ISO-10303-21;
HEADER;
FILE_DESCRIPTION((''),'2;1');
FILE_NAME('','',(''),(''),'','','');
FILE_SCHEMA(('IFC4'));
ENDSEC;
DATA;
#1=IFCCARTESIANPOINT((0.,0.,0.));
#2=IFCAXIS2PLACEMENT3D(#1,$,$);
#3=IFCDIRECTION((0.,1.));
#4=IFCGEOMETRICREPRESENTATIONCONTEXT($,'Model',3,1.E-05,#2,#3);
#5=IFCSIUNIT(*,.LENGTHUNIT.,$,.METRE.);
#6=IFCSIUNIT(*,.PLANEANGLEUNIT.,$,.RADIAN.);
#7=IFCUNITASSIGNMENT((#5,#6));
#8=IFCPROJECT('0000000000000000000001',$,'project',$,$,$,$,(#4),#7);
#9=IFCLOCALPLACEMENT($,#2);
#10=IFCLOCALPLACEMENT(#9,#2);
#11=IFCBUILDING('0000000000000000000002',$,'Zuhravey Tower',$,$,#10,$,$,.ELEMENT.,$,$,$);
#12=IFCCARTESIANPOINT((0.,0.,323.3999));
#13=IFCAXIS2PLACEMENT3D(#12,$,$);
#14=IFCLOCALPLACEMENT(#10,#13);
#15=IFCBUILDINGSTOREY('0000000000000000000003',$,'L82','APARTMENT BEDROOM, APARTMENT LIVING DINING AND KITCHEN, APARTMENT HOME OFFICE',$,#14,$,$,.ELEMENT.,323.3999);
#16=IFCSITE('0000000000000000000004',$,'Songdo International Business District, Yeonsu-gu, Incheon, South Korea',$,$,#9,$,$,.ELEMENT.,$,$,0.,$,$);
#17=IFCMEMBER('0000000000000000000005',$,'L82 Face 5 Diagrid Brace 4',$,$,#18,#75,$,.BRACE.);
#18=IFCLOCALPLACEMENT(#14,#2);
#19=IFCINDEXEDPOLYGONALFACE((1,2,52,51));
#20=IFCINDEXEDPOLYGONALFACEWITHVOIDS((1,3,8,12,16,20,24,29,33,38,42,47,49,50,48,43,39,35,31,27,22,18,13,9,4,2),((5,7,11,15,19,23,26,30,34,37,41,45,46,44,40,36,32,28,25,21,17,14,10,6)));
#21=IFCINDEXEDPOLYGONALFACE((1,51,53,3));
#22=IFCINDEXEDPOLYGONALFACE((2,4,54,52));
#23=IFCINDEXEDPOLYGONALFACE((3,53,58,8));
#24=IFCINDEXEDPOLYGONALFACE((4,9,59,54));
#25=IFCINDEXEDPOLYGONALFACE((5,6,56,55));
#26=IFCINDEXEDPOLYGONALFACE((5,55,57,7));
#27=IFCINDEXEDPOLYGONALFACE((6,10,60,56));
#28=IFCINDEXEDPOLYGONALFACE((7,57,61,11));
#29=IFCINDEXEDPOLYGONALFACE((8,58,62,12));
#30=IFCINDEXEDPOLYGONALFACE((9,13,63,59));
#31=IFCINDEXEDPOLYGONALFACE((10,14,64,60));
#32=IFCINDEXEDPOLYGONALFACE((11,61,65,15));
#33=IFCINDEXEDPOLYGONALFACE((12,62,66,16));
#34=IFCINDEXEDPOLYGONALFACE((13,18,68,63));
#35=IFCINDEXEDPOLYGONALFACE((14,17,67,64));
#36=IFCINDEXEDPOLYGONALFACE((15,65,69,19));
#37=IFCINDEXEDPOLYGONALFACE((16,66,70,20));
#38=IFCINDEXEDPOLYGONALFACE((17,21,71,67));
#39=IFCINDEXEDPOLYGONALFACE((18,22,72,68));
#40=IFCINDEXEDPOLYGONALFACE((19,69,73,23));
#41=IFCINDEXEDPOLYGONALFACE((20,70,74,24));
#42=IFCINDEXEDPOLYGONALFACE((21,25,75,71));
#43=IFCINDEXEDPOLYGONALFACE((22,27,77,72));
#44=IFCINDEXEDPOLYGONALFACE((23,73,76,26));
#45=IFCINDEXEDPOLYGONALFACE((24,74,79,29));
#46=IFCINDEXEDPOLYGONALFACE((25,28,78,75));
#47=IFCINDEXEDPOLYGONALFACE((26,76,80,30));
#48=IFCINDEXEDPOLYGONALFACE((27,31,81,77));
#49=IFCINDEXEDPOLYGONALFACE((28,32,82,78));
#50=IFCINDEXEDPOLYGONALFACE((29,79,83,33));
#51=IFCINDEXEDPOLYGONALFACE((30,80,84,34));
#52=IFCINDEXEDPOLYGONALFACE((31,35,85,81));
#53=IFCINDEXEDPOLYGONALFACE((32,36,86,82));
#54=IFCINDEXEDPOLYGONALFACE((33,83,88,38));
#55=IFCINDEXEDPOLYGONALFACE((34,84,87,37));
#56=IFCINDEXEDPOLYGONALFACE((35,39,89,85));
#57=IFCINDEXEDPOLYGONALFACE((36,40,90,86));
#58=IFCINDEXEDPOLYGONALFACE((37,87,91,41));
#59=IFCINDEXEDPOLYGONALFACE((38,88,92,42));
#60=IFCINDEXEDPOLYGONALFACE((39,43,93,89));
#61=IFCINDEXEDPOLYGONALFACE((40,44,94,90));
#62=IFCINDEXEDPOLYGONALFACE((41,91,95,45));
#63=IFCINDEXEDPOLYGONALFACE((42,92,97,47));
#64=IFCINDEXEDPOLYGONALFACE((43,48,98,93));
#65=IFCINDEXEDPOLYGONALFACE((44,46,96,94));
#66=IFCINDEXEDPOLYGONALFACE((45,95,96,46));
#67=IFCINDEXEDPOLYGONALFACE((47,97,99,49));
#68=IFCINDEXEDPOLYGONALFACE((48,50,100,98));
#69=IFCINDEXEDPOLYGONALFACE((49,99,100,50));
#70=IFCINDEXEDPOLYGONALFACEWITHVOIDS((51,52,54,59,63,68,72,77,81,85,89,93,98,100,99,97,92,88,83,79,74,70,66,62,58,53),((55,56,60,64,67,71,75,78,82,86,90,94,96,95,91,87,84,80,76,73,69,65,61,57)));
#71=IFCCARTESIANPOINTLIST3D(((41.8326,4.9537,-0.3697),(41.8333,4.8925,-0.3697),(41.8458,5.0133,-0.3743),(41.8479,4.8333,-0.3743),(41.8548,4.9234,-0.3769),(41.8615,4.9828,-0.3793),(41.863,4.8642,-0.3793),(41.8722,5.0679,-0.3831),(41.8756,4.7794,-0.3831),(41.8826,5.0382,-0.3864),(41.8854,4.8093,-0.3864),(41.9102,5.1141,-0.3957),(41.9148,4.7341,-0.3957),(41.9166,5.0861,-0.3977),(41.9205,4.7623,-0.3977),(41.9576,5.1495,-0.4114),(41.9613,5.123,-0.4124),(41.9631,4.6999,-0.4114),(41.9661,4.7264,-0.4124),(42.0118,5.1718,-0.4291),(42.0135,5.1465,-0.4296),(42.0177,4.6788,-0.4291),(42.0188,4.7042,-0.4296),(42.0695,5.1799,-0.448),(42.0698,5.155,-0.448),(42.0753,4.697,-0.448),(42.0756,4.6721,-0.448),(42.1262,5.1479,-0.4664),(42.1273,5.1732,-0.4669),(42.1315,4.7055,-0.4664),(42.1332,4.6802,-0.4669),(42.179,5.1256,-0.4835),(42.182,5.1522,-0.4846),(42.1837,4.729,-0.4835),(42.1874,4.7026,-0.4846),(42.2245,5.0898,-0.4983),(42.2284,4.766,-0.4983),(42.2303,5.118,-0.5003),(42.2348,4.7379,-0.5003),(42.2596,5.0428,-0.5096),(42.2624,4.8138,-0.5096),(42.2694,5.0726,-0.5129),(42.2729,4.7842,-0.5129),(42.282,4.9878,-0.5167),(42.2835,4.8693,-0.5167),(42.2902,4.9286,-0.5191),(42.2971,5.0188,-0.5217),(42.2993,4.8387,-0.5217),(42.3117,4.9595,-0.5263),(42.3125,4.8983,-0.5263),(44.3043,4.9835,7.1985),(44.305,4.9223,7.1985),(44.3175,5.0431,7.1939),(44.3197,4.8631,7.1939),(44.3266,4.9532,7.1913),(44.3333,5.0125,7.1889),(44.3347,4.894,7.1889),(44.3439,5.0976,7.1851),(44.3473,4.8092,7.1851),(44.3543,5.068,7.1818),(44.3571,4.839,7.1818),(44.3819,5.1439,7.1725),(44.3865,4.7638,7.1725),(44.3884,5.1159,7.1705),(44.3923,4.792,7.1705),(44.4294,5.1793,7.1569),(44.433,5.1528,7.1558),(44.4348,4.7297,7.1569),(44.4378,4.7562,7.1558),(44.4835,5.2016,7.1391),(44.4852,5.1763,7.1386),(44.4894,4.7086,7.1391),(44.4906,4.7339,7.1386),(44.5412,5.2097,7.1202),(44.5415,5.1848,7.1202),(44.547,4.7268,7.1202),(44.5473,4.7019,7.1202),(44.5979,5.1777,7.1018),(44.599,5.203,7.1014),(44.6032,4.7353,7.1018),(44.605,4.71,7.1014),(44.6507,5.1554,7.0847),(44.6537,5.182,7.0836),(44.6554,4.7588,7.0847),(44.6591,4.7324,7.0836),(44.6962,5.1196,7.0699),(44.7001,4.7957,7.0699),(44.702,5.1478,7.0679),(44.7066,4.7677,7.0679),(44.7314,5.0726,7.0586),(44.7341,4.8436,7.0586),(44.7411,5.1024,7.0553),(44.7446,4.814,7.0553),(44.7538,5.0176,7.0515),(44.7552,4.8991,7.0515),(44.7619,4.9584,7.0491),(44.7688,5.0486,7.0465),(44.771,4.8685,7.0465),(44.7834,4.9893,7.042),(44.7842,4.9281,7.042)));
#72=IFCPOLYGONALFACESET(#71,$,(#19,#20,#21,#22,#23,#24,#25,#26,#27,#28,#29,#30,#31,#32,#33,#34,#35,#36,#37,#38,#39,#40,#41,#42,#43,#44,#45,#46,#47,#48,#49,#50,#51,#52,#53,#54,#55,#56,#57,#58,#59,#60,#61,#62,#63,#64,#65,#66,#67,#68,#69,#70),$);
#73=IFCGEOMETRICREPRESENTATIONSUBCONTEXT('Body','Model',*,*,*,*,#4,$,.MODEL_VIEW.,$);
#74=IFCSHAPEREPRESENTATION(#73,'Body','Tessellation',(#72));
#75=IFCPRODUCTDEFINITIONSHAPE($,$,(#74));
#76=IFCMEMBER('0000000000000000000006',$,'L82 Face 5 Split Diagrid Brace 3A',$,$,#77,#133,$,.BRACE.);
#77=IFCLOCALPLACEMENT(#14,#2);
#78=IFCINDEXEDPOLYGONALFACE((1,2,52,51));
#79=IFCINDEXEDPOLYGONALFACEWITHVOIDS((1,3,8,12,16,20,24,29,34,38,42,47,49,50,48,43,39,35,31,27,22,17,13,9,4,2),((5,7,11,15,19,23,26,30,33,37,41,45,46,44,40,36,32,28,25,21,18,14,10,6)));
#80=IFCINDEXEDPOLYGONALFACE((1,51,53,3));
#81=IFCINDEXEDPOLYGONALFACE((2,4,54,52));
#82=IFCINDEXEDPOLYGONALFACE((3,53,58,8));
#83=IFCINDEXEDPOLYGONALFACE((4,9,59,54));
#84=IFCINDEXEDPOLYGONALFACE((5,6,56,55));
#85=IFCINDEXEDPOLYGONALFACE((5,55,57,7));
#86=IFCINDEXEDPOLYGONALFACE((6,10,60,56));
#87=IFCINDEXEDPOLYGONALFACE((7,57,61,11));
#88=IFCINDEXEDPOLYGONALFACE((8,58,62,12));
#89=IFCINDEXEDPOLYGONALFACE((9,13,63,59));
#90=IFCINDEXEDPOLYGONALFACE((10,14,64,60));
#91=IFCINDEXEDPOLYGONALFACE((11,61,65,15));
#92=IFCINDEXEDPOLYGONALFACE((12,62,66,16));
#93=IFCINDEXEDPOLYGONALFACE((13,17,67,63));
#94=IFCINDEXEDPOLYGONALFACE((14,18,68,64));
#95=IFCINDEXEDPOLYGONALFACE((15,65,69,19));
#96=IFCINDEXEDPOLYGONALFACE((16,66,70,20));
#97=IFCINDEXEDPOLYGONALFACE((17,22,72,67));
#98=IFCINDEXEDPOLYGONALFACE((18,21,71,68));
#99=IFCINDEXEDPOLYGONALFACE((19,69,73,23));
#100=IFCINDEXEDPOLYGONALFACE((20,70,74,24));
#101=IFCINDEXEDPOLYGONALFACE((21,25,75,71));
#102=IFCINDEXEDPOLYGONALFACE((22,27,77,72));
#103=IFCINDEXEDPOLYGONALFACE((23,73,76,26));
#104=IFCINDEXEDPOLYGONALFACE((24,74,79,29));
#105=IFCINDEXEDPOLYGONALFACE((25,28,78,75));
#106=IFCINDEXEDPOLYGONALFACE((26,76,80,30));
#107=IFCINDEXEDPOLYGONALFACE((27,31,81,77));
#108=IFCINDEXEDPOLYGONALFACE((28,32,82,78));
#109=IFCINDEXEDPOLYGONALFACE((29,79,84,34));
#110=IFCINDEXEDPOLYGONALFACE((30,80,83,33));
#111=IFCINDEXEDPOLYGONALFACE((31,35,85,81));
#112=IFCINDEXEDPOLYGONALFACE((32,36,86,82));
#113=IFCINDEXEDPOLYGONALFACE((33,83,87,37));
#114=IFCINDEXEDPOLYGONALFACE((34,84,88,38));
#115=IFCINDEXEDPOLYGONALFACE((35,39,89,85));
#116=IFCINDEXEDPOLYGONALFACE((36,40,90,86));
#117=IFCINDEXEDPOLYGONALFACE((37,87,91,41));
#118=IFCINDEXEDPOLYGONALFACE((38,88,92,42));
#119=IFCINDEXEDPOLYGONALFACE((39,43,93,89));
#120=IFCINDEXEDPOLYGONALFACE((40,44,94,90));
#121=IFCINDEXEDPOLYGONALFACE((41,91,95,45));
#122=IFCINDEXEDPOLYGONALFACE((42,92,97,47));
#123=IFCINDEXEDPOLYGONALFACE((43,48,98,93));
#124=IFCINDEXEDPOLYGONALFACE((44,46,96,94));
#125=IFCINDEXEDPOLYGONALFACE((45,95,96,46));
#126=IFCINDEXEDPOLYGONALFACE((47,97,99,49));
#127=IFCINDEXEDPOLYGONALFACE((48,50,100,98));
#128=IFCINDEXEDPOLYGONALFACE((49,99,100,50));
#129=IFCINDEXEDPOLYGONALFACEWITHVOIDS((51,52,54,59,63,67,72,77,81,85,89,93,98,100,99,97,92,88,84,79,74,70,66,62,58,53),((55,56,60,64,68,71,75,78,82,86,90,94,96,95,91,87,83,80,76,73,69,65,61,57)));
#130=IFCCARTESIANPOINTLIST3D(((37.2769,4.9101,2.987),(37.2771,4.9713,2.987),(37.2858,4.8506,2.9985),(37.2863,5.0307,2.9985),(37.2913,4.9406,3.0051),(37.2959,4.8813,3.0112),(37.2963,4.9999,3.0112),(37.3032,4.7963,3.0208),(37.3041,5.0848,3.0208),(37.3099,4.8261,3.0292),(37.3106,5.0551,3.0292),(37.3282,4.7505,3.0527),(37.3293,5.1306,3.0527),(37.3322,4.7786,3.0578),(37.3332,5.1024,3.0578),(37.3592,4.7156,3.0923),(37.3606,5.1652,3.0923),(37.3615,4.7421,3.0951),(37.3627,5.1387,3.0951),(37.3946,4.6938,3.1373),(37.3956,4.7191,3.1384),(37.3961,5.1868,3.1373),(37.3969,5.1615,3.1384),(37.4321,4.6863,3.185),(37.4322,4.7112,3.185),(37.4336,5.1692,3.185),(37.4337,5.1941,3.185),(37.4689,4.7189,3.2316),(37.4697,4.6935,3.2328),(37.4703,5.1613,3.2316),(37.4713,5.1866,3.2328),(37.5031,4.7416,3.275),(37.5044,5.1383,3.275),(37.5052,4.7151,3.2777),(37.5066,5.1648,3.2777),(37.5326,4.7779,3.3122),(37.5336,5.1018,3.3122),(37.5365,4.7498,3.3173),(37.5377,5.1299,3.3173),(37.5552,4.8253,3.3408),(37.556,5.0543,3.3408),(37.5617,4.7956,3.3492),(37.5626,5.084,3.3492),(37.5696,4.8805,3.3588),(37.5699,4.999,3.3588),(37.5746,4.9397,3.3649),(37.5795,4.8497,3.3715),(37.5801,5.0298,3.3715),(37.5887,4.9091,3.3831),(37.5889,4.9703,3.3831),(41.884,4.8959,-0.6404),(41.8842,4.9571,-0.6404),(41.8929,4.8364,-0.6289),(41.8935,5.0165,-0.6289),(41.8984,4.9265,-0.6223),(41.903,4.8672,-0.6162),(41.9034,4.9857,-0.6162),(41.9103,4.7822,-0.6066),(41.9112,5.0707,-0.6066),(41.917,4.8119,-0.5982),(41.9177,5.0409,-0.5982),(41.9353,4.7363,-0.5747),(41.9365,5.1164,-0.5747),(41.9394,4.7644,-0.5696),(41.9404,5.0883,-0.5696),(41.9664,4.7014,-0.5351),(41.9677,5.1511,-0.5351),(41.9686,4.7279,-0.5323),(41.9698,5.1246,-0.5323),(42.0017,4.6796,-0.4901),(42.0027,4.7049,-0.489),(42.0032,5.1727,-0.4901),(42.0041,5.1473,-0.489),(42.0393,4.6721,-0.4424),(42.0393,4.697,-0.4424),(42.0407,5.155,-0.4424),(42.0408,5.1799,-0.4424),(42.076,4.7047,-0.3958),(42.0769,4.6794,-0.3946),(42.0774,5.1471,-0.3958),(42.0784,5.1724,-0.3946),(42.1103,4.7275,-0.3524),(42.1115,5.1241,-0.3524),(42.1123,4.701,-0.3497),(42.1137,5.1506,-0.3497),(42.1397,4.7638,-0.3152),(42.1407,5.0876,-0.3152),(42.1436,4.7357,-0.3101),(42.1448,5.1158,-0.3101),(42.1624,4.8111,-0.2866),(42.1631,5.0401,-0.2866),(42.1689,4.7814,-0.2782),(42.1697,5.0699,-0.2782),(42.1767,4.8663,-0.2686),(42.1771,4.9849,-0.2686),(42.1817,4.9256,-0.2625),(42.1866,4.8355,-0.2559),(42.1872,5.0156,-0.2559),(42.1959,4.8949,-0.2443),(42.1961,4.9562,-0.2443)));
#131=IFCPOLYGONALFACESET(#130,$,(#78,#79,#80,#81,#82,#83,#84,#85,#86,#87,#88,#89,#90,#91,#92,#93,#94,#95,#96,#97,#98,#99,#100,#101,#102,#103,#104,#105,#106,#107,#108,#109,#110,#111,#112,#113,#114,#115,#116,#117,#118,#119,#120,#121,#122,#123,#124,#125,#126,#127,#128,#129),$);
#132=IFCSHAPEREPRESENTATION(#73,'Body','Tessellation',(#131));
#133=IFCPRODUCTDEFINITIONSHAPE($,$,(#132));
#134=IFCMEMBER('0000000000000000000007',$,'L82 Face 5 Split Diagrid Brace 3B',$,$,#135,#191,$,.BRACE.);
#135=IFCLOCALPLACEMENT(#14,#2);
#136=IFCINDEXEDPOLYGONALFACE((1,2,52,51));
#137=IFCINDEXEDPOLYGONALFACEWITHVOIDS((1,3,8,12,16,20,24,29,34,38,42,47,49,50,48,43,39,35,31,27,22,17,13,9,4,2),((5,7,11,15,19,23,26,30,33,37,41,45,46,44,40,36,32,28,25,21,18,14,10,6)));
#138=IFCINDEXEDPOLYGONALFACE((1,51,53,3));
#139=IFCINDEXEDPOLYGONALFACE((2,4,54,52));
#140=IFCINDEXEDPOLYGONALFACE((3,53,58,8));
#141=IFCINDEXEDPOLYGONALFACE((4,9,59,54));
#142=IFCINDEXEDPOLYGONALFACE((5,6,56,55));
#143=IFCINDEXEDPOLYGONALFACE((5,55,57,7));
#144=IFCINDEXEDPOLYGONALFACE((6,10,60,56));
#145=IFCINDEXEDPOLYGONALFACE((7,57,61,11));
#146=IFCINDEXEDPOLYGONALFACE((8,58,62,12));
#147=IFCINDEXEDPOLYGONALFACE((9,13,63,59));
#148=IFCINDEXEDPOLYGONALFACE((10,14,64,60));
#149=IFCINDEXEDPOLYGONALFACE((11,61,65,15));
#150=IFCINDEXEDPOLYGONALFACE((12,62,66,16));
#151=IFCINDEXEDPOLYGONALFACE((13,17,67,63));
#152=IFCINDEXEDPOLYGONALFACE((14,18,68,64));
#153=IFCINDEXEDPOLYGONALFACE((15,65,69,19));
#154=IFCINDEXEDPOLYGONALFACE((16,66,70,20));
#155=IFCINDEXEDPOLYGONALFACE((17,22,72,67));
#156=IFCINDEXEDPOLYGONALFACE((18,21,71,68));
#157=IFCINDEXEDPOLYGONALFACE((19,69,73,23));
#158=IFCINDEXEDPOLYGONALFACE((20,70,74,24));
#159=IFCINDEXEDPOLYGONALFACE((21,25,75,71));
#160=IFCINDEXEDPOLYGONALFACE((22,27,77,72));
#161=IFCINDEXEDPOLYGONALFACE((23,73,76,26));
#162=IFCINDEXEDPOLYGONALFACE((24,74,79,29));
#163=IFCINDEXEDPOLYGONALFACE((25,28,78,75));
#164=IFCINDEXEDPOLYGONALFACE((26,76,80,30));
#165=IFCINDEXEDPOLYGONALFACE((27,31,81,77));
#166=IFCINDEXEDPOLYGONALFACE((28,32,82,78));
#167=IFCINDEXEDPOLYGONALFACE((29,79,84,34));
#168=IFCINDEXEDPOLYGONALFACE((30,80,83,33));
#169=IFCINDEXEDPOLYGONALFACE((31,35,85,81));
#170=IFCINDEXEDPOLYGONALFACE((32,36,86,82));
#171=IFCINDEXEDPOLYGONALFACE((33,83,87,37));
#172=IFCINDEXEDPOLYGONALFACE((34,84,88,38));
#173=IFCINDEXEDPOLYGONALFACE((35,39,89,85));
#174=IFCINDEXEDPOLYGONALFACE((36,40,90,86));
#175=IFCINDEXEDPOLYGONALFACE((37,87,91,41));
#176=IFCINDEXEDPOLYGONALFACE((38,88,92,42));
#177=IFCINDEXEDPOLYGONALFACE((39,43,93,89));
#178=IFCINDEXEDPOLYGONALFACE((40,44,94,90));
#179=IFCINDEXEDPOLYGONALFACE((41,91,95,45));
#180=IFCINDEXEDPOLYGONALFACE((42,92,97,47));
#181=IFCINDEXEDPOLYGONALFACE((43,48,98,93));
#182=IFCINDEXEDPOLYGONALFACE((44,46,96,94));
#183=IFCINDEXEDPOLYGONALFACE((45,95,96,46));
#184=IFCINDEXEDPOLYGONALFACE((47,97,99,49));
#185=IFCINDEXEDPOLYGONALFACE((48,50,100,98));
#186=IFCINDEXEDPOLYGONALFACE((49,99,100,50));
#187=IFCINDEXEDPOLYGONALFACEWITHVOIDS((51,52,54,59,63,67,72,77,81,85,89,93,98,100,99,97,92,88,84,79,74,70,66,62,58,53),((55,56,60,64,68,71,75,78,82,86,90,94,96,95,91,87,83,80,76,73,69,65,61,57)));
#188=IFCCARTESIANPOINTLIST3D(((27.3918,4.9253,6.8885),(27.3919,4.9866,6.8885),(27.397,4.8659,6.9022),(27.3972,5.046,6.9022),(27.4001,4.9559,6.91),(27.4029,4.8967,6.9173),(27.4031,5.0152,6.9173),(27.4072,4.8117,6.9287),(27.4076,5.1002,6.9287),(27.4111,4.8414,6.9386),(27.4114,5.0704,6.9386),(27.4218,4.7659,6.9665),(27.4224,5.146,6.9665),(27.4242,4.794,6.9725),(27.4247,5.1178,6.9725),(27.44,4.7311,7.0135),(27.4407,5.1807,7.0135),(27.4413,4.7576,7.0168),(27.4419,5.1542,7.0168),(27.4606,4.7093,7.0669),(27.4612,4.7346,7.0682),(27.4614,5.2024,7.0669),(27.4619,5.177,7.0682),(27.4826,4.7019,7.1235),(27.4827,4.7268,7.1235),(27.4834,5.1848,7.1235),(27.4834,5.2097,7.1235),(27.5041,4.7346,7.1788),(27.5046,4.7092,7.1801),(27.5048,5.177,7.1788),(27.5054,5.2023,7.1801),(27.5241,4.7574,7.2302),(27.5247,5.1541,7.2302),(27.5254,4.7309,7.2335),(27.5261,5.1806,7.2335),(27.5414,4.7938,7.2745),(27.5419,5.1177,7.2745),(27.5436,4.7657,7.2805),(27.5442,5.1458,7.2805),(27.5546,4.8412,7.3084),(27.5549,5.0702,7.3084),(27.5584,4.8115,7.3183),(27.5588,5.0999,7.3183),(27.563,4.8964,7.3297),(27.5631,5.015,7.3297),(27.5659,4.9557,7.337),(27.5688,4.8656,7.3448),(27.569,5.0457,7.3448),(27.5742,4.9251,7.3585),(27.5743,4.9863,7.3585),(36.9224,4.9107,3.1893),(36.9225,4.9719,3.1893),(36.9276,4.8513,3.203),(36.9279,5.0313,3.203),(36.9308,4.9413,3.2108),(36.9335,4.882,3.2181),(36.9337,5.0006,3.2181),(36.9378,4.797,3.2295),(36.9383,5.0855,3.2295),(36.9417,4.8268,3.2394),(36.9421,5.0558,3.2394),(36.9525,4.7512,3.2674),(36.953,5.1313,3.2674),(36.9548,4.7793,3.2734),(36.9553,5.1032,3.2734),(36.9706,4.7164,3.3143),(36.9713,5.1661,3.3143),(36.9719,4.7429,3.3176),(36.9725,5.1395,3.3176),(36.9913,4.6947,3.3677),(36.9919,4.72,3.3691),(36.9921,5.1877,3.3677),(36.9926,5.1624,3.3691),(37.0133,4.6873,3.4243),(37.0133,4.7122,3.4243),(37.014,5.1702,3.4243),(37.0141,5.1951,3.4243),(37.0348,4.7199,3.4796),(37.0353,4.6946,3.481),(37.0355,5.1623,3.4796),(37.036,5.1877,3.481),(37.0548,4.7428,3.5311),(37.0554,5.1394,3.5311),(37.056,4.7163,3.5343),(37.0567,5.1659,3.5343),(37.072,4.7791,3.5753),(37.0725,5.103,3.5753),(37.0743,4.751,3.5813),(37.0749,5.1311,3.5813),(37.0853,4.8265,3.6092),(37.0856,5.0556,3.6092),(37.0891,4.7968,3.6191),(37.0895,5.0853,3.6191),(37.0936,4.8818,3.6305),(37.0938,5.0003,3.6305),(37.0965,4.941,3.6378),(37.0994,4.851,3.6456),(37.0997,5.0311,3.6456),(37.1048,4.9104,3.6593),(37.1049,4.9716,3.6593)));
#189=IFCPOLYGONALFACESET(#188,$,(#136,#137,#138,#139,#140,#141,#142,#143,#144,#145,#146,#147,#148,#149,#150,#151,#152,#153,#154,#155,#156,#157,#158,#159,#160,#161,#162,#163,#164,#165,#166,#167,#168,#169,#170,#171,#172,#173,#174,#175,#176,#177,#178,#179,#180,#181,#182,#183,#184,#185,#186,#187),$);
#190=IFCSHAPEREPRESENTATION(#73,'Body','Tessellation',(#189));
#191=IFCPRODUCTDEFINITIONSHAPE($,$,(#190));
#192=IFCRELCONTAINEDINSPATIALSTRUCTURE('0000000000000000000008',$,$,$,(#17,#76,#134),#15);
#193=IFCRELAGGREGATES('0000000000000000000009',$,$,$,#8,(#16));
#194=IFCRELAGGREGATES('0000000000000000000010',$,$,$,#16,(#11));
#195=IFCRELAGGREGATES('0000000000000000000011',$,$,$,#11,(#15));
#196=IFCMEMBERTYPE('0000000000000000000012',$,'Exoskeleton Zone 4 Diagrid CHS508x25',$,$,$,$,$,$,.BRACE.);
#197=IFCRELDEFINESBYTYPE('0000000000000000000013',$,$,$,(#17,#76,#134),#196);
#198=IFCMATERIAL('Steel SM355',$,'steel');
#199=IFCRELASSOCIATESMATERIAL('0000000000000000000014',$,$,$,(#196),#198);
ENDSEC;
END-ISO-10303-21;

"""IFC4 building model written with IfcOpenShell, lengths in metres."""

from ifc_helpers import new_model, si_unit, direction, frame, origin, origin_2d, place, context, subcontext, project, spatial, hollow_circle, extrude, material, material_profile, profile_set, type_object, element, save


model = new_model("IFC4")

# Units and contexts
model_context = context("Model", 3, precision=1e-05, world=origin(), true_north=direction((0.0, 1.0)))
body_context = subcontext(model_context, "Body", "Model", "MODEL_VIEW")
ifc_project = project(units=[si_unit("LENGTHUNIT", "METRE"), si_unit("PLANEANGLEUNIT", "RADIAN")], contexts=[model_context])

# Site, building, storey
site_placement = place(None, origin())
site = spatial("IfcSite", under=ifc_project, at=site_placement, Name="Songdo International Business District, Yeonsu-gu, Incheon, South Korea", CompositionType="ELEMENT", RefElevation=0.0)
building_placement = place(site_placement, origin())
building = spatial("IfcBuilding", under=site, at=building_placement, Name="Zuhravey Tower", CompositionType="ELEMENT")
storey_placement = place(building_placement, frame((0.0, 0.0, 323.3999)))
storey = spatial("IfcBuildingStorey", under=building, at=storey_placement, Name="L82", Description="APARTMENT BEDROOM, APARTMENT LIVING DINING AND KITCHEN, APARTMENT HOME OFFICE", CompositionType="ELEMENT", Elevation=323.3999)

# Members
ifc_material_1 = material(Name="Steel SM355", Category="steel")
ifc_material_profile_1 = material_profile(ifc_material_1, hollow_circle(Radius=0.2539, WallThickness=0.0249, at=origin_2d()), Name="CHS-508.0x25")
ifc_profile_set_1 = profile_set([ifc_material_profile_1], Name="Steel SM355")
member_type_1 = type_object("IfcMemberType", Name="Exoskeleton Zone 4 Diagrid CHS508x25", PredefinedType="BRACE", material=ifc_profile_set_1)
member_1_placement = place(storey_placement, frame((42.0725, 4.926, -0.448), z_axis=(0.310452, 0.003741, 0.950582), x_axis=(-0.01205, 0.999927, 0.0)))
element("IfcMember", 1, at=member_1_placement, inside=storey, type_object=member_type_1, Name="L82 Face 5 Diagrid Brace 4", PredefinedType="BRACE", context=body_context, shape_type="SweptSolid", body=[
    extrude(hollow_circle(Radius=0.2539, WallThickness=0.0249, at=origin_2d()), origin(), (0.0, 0.0, 1.0), 7.9617),
])
member_2_placement = place(storey_placement, frame((42.04, 4.926, -0.4424), z_axis=(-0.785693, 0.002415, 0.618612), x_axis=(-0.003073, -0.999995, 0.0)))
element("IfcMember", 2, at=member_2_placement, inside=storey, type_object=member_type_1, Name="L82 Face 5 Split Diagrid Brace 3A", PredefinedType="BRACE", context=body_context, shape_type="SweptSolid", body=[
    extrude(hollow_circle(Radius=0.2539, WallThickness=0.0249, at=origin_2d()), origin(), (0.0, 0.0, 1.0), 5.8638),
])
member_3_placement = place(storey_placement, frame((37.0137, 4.9412, 3.4243), z_axis=(-0.932241, 0.001433, 0.361835), x_axis=(-0.001537, -0.999999, 0.0)))
element("IfcMember", 3, at=member_3_placement, inside=storey, type_object=member_type_1, Name="L82 Face 5 Split Diagrid Brace 3B", PredefinedType="BRACE", context=body_context, shape_type="SweptSolid", body=[
    extrude(hollow_circle(Radius=0.2539, WallThickness=0.0249, at=origin_2d()), origin(), (0.0, 0.0, 1.0), 10.2234),
])

save(model, "model.ifc")
